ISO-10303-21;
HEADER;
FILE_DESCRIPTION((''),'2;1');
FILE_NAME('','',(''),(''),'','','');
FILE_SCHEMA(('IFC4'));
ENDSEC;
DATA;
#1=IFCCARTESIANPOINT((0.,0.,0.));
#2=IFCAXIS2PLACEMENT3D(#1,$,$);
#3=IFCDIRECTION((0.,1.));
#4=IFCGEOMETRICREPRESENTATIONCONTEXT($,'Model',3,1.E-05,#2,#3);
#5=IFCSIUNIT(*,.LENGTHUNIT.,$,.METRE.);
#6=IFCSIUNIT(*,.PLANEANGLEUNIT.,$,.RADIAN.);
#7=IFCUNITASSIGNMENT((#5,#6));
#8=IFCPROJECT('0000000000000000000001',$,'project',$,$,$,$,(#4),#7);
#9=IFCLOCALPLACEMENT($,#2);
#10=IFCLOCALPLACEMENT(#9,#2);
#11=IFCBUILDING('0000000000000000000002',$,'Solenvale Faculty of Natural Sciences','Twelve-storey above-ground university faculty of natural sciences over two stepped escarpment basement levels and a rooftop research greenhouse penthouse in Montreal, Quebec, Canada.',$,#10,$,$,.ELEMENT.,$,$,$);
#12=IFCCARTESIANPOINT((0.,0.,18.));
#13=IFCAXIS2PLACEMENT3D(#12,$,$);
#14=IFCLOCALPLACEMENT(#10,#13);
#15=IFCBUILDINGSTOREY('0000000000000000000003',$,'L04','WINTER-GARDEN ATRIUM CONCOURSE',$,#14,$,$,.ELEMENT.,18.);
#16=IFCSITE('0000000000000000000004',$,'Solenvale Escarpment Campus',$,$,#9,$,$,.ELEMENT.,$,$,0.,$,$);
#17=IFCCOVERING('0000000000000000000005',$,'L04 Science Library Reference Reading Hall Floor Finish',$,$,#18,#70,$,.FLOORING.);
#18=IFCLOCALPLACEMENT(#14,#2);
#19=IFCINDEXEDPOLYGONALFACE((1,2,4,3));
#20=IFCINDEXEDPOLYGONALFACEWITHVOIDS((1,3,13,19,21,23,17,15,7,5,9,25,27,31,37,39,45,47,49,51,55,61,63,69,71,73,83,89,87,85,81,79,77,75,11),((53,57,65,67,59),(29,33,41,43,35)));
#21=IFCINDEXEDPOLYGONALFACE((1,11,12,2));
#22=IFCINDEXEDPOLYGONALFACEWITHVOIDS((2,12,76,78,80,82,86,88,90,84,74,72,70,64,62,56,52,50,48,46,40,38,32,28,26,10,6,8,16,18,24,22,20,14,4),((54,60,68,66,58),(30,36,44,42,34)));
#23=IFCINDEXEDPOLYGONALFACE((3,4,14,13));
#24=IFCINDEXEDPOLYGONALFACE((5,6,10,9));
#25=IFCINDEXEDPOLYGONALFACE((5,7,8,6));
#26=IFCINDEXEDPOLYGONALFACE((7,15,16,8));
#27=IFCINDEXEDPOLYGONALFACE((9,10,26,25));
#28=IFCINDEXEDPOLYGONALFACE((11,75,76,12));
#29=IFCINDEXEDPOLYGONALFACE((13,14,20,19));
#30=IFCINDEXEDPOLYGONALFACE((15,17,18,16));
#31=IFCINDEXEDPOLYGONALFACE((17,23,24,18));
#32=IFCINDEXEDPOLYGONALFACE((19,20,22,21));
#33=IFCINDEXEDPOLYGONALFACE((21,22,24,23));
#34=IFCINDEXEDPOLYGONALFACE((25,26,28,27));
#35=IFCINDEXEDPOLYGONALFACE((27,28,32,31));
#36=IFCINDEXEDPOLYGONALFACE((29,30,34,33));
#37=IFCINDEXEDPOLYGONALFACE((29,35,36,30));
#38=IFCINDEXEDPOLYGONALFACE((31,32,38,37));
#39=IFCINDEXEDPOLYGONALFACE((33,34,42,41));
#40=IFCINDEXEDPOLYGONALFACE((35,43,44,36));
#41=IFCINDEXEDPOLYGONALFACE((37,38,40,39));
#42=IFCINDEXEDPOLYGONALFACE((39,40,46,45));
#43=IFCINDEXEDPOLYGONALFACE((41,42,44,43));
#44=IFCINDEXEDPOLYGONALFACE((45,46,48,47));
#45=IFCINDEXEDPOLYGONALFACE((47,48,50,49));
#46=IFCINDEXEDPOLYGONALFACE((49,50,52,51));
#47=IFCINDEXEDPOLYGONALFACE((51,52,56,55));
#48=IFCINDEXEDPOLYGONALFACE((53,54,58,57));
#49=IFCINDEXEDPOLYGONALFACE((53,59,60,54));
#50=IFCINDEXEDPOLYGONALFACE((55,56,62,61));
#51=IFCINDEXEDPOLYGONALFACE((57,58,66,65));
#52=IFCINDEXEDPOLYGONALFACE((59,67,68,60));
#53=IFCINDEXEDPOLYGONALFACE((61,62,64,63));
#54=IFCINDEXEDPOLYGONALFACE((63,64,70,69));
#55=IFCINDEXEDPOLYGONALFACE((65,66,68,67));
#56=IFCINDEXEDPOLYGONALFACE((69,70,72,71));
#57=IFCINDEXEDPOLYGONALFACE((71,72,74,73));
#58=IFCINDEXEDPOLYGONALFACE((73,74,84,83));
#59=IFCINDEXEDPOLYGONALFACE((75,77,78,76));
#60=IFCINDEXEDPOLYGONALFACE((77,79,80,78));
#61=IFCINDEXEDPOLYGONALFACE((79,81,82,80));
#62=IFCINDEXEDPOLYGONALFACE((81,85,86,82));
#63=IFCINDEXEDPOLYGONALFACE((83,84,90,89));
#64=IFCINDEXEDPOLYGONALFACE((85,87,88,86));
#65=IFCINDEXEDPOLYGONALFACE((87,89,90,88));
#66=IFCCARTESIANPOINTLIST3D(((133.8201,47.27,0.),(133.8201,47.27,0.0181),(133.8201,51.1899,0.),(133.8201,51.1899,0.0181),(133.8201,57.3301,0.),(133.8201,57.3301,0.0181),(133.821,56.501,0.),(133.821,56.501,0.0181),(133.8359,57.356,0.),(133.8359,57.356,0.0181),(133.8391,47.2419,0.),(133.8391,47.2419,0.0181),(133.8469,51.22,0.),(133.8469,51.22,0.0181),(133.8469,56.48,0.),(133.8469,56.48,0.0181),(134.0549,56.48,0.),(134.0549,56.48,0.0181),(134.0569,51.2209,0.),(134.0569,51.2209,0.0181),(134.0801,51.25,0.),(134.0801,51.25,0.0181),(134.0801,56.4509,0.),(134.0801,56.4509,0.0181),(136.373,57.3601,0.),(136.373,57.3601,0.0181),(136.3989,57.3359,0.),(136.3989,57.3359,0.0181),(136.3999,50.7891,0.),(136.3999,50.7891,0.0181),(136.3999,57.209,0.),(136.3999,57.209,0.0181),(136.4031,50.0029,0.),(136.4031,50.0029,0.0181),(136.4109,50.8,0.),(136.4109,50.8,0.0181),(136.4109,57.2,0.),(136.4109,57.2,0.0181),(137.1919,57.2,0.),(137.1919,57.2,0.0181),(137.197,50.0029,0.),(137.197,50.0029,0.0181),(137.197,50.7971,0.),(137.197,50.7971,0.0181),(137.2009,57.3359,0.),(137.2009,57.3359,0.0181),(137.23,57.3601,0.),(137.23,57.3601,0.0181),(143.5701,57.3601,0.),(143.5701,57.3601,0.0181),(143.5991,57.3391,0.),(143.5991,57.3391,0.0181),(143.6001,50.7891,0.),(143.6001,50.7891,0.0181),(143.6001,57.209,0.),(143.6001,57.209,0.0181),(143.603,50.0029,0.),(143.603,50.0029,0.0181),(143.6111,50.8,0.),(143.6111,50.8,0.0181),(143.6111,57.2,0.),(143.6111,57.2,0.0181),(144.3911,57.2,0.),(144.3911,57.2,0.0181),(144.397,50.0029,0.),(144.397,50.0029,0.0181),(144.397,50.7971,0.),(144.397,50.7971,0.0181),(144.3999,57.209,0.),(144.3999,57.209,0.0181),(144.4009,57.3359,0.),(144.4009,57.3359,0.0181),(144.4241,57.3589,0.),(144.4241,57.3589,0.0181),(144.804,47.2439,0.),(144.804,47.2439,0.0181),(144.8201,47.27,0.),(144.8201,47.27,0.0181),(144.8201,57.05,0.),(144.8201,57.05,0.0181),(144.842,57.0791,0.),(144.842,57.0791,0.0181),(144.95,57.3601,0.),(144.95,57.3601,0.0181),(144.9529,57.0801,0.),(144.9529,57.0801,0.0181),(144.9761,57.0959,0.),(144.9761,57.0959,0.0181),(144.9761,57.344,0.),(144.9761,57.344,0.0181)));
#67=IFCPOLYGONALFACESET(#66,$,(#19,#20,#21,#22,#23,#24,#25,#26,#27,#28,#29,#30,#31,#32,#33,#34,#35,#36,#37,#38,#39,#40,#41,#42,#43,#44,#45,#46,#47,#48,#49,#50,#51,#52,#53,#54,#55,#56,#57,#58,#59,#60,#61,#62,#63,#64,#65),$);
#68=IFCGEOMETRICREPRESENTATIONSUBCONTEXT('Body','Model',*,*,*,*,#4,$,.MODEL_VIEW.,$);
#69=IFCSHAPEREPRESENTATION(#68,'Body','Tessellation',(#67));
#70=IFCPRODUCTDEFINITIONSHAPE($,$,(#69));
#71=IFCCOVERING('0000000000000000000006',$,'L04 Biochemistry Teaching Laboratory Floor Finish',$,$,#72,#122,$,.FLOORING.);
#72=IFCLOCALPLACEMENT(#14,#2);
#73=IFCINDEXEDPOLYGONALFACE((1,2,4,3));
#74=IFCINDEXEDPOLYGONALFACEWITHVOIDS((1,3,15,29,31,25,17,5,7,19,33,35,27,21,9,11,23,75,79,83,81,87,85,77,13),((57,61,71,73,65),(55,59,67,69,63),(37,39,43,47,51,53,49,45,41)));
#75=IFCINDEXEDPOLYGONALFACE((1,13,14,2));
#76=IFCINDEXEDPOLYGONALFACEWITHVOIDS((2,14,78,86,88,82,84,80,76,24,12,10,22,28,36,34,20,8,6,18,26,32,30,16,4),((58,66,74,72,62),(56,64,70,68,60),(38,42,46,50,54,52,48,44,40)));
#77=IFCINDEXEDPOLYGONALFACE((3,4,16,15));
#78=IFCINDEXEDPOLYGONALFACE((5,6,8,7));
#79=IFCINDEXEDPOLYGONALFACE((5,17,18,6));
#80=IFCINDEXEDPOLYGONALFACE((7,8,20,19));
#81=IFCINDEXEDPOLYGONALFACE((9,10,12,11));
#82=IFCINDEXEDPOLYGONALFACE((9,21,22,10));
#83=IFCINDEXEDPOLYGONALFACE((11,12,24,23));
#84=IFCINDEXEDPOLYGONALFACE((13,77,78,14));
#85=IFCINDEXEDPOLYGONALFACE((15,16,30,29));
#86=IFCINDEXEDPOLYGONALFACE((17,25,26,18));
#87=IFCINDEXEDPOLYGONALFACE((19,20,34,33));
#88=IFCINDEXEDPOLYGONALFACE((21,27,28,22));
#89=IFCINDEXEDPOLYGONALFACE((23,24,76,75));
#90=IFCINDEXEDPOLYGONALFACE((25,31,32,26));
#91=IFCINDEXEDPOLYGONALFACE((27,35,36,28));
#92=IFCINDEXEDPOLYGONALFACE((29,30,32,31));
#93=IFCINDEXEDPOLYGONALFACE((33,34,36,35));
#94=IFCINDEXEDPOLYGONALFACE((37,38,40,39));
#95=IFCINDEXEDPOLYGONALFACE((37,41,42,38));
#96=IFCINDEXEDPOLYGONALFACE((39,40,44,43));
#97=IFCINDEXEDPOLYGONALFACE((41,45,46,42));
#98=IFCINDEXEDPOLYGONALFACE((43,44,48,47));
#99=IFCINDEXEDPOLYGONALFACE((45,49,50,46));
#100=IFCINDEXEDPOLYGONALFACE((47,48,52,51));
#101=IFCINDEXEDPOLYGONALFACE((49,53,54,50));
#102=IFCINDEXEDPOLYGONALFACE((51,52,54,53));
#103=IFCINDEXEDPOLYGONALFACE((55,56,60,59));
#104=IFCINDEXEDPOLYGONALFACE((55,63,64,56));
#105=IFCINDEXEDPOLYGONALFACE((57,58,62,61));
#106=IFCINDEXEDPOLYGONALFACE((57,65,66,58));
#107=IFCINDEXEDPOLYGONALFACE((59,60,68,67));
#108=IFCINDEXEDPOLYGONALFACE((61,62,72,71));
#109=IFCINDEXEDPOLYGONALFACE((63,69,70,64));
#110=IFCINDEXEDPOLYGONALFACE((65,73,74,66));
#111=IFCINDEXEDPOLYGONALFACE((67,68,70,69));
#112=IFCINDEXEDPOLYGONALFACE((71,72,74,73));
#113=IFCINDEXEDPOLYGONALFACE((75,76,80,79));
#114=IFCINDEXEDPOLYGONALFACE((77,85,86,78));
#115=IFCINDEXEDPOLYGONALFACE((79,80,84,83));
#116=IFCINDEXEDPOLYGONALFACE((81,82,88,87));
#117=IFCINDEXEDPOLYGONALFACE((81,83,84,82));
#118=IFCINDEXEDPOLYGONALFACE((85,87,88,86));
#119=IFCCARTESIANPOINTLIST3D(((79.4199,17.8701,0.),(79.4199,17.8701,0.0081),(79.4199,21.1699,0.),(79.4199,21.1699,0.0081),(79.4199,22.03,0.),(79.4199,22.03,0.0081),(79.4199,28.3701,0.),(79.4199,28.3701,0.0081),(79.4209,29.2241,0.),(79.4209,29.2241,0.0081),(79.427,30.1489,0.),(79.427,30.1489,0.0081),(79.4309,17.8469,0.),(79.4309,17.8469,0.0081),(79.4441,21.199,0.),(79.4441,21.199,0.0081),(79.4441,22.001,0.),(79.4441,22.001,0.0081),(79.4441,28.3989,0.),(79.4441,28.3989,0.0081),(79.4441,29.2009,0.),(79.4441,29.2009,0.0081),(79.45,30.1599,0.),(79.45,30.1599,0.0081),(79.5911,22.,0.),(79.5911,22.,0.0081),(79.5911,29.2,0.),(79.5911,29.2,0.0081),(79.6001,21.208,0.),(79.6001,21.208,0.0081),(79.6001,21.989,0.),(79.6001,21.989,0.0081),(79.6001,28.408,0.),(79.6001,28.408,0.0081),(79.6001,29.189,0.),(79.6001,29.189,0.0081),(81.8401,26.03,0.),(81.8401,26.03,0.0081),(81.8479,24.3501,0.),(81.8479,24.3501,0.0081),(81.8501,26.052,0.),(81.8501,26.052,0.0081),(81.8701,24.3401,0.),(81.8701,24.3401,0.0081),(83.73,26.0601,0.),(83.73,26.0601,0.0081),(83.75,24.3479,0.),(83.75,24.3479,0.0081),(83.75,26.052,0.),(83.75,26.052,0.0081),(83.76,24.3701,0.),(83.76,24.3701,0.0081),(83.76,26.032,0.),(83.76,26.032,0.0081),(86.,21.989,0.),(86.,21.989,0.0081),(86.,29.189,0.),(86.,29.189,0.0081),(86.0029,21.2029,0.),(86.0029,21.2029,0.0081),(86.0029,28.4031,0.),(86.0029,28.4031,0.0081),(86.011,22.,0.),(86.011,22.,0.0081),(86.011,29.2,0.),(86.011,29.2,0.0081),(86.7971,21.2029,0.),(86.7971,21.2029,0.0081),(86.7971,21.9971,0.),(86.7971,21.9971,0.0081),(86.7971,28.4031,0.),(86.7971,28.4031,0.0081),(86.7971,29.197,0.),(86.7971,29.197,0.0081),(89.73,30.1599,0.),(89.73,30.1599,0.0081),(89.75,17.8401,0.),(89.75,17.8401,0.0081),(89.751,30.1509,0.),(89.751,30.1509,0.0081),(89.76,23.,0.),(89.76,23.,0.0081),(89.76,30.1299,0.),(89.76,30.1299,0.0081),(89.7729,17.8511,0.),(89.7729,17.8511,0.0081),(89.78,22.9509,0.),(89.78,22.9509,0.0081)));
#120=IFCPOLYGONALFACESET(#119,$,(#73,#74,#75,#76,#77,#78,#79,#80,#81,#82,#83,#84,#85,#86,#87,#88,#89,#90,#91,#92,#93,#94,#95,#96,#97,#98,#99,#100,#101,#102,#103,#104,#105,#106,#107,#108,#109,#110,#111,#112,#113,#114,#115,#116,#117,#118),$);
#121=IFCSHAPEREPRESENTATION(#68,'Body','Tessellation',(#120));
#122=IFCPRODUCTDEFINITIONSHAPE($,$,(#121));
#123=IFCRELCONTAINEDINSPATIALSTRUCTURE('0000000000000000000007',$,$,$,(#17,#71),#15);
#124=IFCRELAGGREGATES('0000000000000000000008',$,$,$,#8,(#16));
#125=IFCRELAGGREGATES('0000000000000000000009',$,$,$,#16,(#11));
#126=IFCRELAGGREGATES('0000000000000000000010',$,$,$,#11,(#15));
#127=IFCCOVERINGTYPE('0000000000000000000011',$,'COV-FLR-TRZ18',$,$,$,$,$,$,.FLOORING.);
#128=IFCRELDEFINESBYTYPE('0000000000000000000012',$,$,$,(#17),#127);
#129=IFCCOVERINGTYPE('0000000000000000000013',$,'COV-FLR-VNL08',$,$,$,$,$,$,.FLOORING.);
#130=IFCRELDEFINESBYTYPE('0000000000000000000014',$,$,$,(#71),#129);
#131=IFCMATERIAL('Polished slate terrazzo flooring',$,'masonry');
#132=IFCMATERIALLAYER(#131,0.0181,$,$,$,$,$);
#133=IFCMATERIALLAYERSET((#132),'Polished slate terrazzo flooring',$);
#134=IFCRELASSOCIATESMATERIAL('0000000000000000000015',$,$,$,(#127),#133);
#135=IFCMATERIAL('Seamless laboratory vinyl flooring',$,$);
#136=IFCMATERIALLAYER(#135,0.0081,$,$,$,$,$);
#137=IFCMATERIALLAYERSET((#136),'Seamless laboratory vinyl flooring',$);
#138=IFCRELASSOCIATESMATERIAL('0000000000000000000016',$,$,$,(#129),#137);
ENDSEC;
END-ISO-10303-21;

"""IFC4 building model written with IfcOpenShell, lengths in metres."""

from ifc_helpers import new_model, si_unit, direction, frame, origin, place, context, subcontext, project, spatial, polyline, outline, extrude, material, layer, layer_set, type_object, element, save


model = new_model("IFC4")

# Units and contexts
model_context = context("Model", 3, precision=1e-05, world=origin(), true_north=direction((0.0, 1.0)))
body_context = subcontext(model_context, "Body", "Model", "MODEL_VIEW")
ifc_project = project(units=[si_unit("LENGTHUNIT", "METRE"), si_unit("PLANEANGLEUNIT", "RADIAN")], contexts=[model_context])

# Site, building, storey
site_placement = place(None, origin())
site = spatial("IfcSite", under=ifc_project, at=site_placement, Name="Solenvale Escarpment Campus", CompositionType="ELEMENT", RefElevation=0.0)
building_placement = place(site_placement, origin())
building = spatial("IfcBuilding", under=site, at=building_placement, Name="Solenvale Faculty of Natural Sciences", Description="Twelve-storey above-ground university faculty of natural sciences over two stepped escarpment basement levels and a rooftop research greenhouse penthouse in Montreal, Quebec, Canada.", CompositionType="ELEMENT")
storey_placement = place(building_placement, frame((0.0, 0.0, 18.0)))
storey = spatial("IfcBuildingStorey", under=building, at=storey_placement, Name="L04", Description="WINTER-GARDEN ATRIUM CONCOURSE", CompositionType="ELEMENT", Elevation=18.0)

# Coverings
ifc_material_1 = material(Name="Polished slate terrazzo flooring", Category="masonry")
ifc_layer_1 = layer(ifc_material_1, 0.0181)
ifc_layer_set_1 = layer_set([ifc_layer_1], Name="Polished slate terrazzo flooring")
covering_type_1 = type_object("IfcCoveringType", Name="COV-FLR-TRZ18", PredefinedType="FLOORING", material=ifc_layer_set_1)
covering_1_placement = place(storey_placement, origin())
element("IfcCovering", 1, at=covering_1_placement, inside=storey, type_object=covering_type_1, Name="L04 Science Library Reference Reading Hall Floor Finish", PredefinedType="FLOORING", context=body_context, shape_type="SweptSolid", body=[
    extrude(outline(polyline([(133.8201, 51.1899), (133.8469, 51.22), (134.0569, 51.2209), (134.0801, 51.25), (134.0801, 56.4509), (134.0549, 56.48), (133.8469, 56.48), (133.821, 56.501), (133.8201, 57.3301), (133.8359, 57.356), (136.373, 57.3601), (136.3989, 57.3359), (136.3999, 57.209), (136.4109, 57.2), (137.1919, 57.2), (137.2009, 57.3359), (137.23, 57.3601), (143.5701, 57.3601), (143.5991, 57.3391), (143.6001, 57.209), (143.6111, 57.2), (144.3911, 57.2), (144.3999, 57.209), (144.4009, 57.3359), (144.4241, 57.3589), (144.95, 57.3601), (144.9761, 57.344), (144.9761, 57.0959), (144.9529, 57.0801), (144.842, 57.0791), (144.8201, 57.05), (144.8201, 47.27), (144.804, 47.2439), (133.8391, 47.2419), (133.8201, 47.27), (133.8201, 51.1899)]), holes=[polyline([(143.6111, 50.8), (143.6001, 50.7891), (143.603, 50.0029), (144.397, 50.0029), (144.397, 50.7971), (143.6111, 50.8)]), polyline([(136.4109, 50.8), (136.3999, 50.7891), (136.4031, 50.0029), (137.197, 50.0029), (137.197, 50.7971), (136.4109, 50.8)])]), origin(), (0.0, 0.0, 1.0), 0.0181),
])
ifc_material_2 = material(Name="Seamless laboratory vinyl flooring")
ifc_layer_2 = layer(ifc_material_2, 0.0081)
ifc_layer_set_2 = layer_set([ifc_layer_2], Name="Seamless laboratory vinyl flooring")
covering_type_2 = type_object("IfcCoveringType", Name="COV-FLR-VNL08", PredefinedType="FLOORING", material=ifc_layer_set_2)
covering_2_placement = place(storey_placement, origin())
element("IfcCovering", 2, at=covering_2_placement, inside=storey, type_object=covering_type_2, Name="L04 Biochemistry Teaching Laboratory Floor Finish", PredefinedType="FLOORING", context=body_context, shape_type="SweptSolid", body=[
    extrude(outline(polyline([(89.73, 30.1599), (89.751, 30.1509), (89.76, 30.1299), (89.76, 23.0), (89.78, 22.9509), (89.7729, 17.8511), (89.75, 17.8401), (79.4309, 17.8469), (79.4199, 17.8701), (79.4199, 21.1699), (79.4441, 21.199), (79.6001, 21.208), (79.6001, 21.989), (79.5911, 22.0), (79.4441, 22.001), (79.4199, 22.03), (79.4199, 28.3701), (79.4441, 28.3989), (79.6001, 28.408), (79.6001, 29.189), (79.5911, 29.2), (79.4441, 29.2009), (79.4209, 29.2241), (79.427, 30.1489), (79.45, 30.1599), (89.73, 30.1599)]), holes=[polyline([(86.011, 22.0), (86.0, 21.989), (86.0029, 21.2029), (86.7971, 21.2029), (86.7971, 21.9971), (86.011, 22.0)]), polyline([(86.011, 29.2), (86.0, 29.189), (86.0029, 28.4031), (86.7971, 28.4031), (86.7971, 29.197), (86.011, 29.2)]), polyline([(83.76, 26.032), (83.75, 26.052), (83.73, 26.0601), (81.8501, 26.052), (81.8401, 26.03), (81.8479, 24.3501), (81.8701, 24.3401), (83.75, 24.3479), (83.76, 24.3701), (83.76, 26.032)])]), origin(), (0.0, 0.0, 1.0), 0.0081),
])

save(model, "model.ifc")
